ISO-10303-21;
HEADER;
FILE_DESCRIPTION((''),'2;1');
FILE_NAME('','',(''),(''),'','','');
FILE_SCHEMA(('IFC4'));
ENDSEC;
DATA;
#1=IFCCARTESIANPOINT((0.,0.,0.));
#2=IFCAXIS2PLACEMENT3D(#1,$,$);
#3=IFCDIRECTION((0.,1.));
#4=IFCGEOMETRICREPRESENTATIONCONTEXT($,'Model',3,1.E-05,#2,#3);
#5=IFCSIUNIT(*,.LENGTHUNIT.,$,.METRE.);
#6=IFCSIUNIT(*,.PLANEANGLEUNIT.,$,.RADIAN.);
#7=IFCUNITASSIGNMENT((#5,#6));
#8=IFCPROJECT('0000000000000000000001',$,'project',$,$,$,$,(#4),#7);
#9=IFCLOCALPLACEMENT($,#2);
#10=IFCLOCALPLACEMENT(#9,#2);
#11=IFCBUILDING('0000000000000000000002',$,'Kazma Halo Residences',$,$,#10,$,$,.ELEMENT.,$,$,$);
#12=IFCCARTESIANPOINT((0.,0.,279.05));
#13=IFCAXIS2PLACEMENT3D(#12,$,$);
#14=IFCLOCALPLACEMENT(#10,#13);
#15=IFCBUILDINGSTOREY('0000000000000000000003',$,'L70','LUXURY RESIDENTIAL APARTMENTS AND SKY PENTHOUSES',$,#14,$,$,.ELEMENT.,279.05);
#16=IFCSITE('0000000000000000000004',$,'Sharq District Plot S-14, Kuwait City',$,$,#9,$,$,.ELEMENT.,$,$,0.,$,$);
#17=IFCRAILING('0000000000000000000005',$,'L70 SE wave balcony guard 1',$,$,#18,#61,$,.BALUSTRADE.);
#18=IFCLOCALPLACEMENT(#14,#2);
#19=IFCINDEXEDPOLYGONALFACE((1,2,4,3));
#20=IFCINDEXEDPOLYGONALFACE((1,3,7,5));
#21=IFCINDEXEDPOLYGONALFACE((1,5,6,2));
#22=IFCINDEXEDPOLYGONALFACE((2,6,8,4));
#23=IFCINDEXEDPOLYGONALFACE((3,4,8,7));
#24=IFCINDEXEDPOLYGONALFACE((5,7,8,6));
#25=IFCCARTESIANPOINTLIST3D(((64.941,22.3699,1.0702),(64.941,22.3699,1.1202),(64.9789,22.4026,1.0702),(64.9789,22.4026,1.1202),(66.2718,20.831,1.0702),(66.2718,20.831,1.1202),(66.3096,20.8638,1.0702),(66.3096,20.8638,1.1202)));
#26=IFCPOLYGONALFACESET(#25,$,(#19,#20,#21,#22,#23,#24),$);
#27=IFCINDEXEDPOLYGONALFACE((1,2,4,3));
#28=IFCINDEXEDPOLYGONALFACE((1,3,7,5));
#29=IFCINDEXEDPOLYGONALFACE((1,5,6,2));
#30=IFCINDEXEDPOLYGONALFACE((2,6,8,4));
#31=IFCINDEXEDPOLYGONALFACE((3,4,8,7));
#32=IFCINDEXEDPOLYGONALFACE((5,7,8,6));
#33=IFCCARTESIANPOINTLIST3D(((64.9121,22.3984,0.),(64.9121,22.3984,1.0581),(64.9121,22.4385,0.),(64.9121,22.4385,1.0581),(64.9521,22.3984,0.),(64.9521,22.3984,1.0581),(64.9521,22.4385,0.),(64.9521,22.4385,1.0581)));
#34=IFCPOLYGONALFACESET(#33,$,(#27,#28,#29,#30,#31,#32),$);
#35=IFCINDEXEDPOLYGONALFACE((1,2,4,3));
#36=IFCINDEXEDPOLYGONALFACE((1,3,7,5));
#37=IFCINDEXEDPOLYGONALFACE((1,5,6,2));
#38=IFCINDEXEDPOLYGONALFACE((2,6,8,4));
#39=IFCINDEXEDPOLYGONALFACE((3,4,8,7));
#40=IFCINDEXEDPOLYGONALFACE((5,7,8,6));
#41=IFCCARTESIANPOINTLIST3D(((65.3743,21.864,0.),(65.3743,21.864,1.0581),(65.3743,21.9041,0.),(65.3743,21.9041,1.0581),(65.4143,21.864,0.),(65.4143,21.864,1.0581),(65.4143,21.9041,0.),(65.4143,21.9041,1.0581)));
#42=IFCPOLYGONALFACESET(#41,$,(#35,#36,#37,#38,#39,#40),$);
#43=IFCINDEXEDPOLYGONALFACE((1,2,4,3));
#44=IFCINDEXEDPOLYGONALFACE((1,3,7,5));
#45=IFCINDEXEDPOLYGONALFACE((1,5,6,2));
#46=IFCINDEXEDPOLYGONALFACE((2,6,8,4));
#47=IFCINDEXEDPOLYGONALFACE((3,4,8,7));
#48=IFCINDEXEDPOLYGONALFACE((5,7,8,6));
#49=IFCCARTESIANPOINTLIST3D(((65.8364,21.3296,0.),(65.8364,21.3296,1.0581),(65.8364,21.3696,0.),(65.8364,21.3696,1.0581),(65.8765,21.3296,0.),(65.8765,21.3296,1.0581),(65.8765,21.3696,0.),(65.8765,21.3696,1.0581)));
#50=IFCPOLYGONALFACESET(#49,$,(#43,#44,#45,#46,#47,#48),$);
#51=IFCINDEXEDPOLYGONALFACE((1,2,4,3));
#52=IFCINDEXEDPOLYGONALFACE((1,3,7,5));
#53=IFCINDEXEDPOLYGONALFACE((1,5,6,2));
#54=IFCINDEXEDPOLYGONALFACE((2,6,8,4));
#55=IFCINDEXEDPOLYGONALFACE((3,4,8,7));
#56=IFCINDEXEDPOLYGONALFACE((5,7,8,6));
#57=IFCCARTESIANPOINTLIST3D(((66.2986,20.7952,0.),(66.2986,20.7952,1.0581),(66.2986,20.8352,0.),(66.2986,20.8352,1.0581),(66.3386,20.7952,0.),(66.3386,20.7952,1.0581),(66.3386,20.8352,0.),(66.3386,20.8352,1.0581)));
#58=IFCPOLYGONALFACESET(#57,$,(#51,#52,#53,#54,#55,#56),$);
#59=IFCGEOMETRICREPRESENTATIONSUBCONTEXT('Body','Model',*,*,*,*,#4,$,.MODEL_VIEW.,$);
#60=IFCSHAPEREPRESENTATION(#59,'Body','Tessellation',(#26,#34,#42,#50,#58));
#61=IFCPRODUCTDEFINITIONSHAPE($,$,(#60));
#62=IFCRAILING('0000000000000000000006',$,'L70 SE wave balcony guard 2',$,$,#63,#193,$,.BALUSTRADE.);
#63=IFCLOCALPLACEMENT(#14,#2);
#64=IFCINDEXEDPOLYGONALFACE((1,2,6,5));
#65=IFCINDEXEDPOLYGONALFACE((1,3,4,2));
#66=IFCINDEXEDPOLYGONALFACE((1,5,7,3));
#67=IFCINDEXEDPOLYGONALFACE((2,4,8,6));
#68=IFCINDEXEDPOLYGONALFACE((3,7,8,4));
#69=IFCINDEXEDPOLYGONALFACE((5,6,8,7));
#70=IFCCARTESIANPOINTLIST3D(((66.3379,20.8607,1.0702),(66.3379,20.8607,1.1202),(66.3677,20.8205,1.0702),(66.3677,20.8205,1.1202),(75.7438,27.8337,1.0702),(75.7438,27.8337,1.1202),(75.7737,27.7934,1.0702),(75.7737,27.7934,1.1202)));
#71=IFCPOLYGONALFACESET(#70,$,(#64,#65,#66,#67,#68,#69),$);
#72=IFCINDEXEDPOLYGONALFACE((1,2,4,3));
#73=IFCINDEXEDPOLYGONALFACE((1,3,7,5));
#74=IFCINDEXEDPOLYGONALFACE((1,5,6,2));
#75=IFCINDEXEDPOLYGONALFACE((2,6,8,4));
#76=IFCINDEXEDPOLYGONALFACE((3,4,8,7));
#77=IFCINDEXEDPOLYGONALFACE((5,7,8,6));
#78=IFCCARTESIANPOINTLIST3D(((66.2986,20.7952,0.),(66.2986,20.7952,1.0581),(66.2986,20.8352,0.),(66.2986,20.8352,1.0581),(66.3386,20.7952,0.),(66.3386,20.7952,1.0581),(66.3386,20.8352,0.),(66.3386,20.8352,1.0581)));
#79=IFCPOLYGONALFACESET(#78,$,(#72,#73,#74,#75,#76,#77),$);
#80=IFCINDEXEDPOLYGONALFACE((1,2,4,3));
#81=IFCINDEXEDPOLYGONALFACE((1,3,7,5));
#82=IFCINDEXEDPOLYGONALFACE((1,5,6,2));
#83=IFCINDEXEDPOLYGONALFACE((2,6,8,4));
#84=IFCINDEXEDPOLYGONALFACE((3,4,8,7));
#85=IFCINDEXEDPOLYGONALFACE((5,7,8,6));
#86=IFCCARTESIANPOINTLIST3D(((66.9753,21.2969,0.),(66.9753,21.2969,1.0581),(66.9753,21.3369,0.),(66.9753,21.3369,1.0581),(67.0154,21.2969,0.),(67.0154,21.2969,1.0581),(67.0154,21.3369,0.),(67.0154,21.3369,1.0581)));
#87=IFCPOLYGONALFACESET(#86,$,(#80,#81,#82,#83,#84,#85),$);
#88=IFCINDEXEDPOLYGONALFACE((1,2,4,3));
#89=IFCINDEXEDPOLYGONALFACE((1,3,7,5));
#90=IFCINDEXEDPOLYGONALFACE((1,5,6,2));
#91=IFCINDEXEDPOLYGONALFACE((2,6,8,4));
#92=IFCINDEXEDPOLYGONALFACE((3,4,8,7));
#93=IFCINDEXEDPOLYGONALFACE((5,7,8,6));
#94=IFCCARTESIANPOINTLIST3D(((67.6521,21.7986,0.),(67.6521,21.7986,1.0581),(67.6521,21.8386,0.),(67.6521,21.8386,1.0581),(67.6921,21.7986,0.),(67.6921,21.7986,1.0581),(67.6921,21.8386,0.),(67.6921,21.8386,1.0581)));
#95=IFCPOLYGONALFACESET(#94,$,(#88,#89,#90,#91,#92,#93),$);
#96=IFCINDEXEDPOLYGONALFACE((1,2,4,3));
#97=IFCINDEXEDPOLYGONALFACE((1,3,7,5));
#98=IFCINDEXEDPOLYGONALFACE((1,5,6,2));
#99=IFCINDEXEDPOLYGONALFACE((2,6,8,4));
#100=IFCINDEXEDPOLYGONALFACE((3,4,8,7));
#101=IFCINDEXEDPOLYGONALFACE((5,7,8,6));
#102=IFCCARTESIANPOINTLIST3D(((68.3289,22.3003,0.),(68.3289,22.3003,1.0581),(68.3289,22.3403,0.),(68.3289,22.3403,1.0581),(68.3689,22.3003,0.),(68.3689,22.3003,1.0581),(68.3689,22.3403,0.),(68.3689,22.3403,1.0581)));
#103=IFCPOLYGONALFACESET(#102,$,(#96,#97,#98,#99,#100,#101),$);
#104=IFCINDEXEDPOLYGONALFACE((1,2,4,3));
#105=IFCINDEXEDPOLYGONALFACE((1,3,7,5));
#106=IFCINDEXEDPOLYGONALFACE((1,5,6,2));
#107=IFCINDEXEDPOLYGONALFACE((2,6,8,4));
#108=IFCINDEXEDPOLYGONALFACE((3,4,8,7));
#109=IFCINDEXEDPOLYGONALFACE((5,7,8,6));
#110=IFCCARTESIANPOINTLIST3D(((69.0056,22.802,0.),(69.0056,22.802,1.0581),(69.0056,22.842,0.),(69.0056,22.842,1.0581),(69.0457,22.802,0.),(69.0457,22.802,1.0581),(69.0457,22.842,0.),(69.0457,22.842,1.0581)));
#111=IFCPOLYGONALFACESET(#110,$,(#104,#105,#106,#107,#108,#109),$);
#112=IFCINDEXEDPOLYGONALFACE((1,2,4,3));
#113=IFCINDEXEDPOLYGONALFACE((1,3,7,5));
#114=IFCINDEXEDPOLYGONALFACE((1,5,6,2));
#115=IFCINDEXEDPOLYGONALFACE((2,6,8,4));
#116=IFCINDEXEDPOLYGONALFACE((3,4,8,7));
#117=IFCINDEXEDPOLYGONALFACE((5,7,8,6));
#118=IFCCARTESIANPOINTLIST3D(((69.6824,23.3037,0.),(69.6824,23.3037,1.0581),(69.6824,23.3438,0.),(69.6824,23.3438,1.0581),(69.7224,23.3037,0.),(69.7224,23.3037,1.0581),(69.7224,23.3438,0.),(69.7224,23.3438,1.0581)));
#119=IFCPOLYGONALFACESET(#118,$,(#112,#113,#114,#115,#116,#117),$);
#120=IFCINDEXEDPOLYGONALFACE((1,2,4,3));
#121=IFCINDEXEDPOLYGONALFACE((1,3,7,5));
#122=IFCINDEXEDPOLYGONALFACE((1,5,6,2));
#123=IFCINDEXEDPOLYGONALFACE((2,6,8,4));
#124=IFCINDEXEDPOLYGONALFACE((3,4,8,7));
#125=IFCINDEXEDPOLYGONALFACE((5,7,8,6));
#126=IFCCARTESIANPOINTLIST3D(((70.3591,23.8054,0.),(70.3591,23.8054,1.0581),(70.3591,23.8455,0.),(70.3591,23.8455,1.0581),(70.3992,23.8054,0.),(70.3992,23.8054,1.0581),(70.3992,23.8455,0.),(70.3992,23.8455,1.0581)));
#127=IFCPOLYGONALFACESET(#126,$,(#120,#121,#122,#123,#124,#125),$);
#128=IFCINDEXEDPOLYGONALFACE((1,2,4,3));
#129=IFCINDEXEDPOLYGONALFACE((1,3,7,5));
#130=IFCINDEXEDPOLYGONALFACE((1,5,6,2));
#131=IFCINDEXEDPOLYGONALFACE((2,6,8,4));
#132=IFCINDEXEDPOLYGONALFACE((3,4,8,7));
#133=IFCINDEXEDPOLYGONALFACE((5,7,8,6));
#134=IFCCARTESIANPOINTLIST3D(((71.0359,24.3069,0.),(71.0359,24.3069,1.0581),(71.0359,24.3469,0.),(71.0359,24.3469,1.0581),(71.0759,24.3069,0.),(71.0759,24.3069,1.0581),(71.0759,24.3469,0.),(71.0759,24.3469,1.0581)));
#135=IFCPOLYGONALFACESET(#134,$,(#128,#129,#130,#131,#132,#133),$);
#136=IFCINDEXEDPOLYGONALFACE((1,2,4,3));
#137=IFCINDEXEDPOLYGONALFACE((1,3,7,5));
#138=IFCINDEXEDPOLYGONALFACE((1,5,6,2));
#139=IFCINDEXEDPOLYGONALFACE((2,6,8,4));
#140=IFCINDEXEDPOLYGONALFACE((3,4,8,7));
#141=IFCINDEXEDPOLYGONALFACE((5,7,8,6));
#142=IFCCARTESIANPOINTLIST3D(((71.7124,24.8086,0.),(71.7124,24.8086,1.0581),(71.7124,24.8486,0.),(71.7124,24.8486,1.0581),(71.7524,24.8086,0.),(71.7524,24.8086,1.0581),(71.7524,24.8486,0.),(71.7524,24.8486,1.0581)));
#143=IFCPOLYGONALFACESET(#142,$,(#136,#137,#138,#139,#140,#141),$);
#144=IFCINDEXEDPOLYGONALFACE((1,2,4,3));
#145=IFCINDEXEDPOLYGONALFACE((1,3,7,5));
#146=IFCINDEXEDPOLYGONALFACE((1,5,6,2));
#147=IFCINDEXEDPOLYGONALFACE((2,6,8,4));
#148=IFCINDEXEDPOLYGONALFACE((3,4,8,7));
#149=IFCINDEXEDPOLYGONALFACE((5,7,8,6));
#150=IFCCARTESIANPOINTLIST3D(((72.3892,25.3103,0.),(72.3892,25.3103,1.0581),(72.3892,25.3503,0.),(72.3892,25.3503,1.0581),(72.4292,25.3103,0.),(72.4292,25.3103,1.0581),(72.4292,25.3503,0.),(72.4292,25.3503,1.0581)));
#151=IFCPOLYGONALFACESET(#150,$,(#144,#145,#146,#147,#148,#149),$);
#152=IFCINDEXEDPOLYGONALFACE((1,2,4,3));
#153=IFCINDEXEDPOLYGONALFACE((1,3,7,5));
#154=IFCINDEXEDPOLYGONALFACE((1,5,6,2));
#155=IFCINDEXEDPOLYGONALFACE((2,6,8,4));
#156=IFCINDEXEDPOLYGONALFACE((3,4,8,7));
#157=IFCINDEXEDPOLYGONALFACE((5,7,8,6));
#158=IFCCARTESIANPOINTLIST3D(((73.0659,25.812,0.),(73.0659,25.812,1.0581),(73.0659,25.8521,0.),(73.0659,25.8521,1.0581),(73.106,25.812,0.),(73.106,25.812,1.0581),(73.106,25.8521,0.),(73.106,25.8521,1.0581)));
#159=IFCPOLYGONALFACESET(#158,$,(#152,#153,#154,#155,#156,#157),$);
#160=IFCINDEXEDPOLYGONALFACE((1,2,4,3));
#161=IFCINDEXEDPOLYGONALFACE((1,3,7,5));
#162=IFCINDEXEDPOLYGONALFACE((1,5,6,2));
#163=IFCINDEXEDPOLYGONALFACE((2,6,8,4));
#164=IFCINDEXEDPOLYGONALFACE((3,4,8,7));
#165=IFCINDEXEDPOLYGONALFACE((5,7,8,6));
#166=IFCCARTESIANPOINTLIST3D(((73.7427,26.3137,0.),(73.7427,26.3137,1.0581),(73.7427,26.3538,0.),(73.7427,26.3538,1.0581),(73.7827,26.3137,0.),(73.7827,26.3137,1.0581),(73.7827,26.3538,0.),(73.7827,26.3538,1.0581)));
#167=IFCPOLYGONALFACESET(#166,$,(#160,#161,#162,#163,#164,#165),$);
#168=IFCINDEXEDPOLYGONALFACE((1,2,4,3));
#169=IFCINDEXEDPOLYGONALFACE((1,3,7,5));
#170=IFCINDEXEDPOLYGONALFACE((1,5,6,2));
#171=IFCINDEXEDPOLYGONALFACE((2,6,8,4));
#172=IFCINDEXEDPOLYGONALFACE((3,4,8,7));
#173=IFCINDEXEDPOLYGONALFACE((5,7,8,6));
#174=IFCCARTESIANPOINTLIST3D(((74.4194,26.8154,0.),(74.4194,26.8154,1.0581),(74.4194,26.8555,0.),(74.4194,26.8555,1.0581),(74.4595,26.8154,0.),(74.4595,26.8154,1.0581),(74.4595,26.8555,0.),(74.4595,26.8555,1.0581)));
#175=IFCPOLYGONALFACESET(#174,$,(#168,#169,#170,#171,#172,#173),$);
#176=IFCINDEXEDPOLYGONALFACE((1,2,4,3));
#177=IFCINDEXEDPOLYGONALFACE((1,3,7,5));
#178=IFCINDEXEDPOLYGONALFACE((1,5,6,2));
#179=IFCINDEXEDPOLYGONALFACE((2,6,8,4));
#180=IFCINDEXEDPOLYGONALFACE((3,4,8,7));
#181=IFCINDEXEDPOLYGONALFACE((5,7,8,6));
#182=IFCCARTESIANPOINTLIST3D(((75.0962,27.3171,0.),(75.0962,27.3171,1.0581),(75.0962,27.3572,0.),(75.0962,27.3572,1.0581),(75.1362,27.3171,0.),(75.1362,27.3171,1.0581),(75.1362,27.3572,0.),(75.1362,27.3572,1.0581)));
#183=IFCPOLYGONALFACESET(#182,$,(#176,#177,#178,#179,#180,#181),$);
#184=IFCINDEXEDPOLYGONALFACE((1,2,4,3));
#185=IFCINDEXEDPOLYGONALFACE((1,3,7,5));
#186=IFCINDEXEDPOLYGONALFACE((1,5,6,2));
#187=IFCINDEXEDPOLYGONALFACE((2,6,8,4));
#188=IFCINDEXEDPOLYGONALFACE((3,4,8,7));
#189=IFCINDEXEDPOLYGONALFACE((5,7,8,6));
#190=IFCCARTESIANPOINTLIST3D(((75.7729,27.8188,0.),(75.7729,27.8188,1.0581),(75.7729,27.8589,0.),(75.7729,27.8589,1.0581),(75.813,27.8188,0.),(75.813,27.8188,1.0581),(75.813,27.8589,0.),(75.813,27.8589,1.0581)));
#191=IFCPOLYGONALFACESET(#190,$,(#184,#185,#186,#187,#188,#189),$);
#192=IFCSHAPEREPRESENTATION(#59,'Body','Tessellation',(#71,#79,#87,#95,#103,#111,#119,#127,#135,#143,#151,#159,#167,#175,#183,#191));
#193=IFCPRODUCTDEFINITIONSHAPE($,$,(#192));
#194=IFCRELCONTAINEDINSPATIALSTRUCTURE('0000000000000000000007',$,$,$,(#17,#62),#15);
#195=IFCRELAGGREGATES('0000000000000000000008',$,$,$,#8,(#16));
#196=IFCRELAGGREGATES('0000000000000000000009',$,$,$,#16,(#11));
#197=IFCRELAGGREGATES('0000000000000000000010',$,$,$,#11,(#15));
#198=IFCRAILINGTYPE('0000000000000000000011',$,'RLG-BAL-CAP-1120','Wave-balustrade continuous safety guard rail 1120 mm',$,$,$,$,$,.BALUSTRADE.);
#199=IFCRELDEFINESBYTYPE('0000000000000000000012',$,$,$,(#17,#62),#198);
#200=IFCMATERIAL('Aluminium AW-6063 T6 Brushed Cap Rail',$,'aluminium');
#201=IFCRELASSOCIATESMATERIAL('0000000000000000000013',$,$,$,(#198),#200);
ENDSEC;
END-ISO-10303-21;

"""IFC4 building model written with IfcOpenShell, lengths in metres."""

from ifc_helpers import new_model, si_unit, direction, frame, origin, origin_2d, place, context, subcontext, project, spatial, rectangle, extrude, material, type_object, element, save


model = new_model("IFC4")

# Units and contexts
model_context = context("Model", 3, precision=1e-05, world=origin(), true_north=direction((0.0, 1.0)))
body_context = subcontext(model_context, "Body", "Model", "MODEL_VIEW")
ifc_project = project(units=[si_unit("LENGTHUNIT", "METRE"), si_unit("PLANEANGLEUNIT", "RADIAN")], contexts=[model_context])

# Site, building, storey
site_placement = place(None, origin())
site = spatial("IfcSite", under=ifc_project, at=site_placement, Name="Sharq District Plot S-14, Kuwait City", CompositionType="ELEMENT", RefElevation=0.0)
building_placement = place(site_placement, origin())
building = spatial("IfcBuilding", under=site, at=building_placement, Name="Kazma Halo Residences", CompositionType="ELEMENT")
storey_placement = place(building_placement, frame((0.0, 0.0, 279.05)))
storey = spatial("IfcBuildingStorey", under=building, at=storey_placement, Name="L70", Description="LUXURY RESIDENTIAL APARTMENTS AND SKY PENTHOUSES", CompositionType="ELEMENT", Elevation=279.05)

# Railings
ifc_material_1 = material(Name="Aluminium AW-6063 T6 Brushed Cap Rail", Category="aluminium")
railing_type = type_object("IfcRailingType", Name="RLG-BAL-CAP-1120", Description="Wave-balustrade continuous safety guard rail 1120 mm", PredefinedType="BALUSTRADE", material=ifc_material_1)
railing_1_placement = place(storey_placement, frame((64.9321, 22.4185, 0.0)))
element("IfcRailing", 1, at=railing_1_placement, inside=storey, type_object=railing_type, Name="L70 SE wave balcony guard 1", PredefinedType="BALUSTRADE", context=body_context, shape_type="SweptSolid", body=[
    extrude(rectangle(XDim=0.05, YDim=0.05, at=origin_2d()), frame((0.0278, -0.0322, 1.0952), z_axis=(0.654115, -0.756396, 0.0), x_axis=(0.756396, 0.654115, 0.0)), (0.0, 0.0, 1.0), 2.0344),
    extrude(rectangle(XDim=0.04, YDim=0.04, at=origin_2d()), origin(), (0.0, 0.0, 1.0), 1.0581),
    extrude(rectangle(XDim=0.04, YDim=0.04, at=origin_2d()), frame((0.4622, -0.5344, 0.0)), (0.0, 0.0, 1.0), 1.0581),
    extrude(rectangle(XDim=0.04, YDim=0.04, at=origin_2d()), frame((0.9243, -1.0688, 0.0)), (0.0, 0.0, 1.0), 1.0581),
    extrude(rectangle(XDim=0.04, YDim=0.04, at=origin_2d()), frame((1.3865, -1.6033, 0.0)), (0.0, 0.0, 1.0), 1.0581),
])
railing_2_placement = place(storey_placement, frame((66.3186, 20.8152, 0.0)))
element("IfcRailing", 2, at=railing_2_placement, inside=storey, type_object=railing_type, Name="L70 SE wave balcony guard 2", PredefinedType="BALUSTRADE", context=body_context, shape_type="SweptSolid", body=[
    extrude(rectangle(XDim=0.05, YDim=0.05, at=origin_2d()), frame((0.0342, 0.0254, 1.0952), z_axis=(0.803329, 0.595536, 0.0), x_axis=(-0.595536, 0.803329, 0.0)), (0.0, 0.0, 1.0), 11.7087),
    extrude(rectangle(XDim=0.04, YDim=0.04, at=origin_2d()), origin(), (0.0, 0.0, 1.0), 1.0581),
    extrude(rectangle(XDim=0.04, YDim=0.04, at=origin_2d()), frame((0.6768, 0.5017, 0.0)), (0.0, 0.0, 1.0), 1.0581),
    extrude(rectangle(XDim=0.04, YDim=0.04, at=origin_2d()), frame((1.3535, 1.0034, 0.0)), (0.0, 0.0, 1.0), 1.0581),
    extrude(rectangle(XDim=0.04, YDim=0.04, at=origin_2d()), frame((2.0303, 1.5051, 0.0)), (0.0, 0.0, 1.0), 1.0581),
    extrude(rectangle(XDim=0.04, YDim=0.04, at=origin_2d()), frame((2.707, 2.0068, 0.0)), (0.0, 0.0, 1.0), 1.0581),
    extrude(rectangle(XDim=0.04, YDim=0.04, at=origin_2d()), frame((3.3838, 2.5085, 0.0)), (0.0, 0.0, 1.0), 1.0581),
    extrude(rectangle(XDim=0.04, YDim=0.04, at=origin_2d()), frame((4.0605, 3.0103, 0.0)), (0.0, 0.0, 1.0), 1.0581),
    extrude(rectangle(XDim=0.04, YDim=0.04, at=origin_2d()), frame((4.7373, 3.5117, 0.0)), (0.0, 0.0, 1.0), 1.0581),
    extrude(rectangle(XDim=0.04, YDim=0.04, at=origin_2d()), frame((5.4138, 4.0134, 0.0)), (0.0, 0.0, 1.0), 1.0581),
    extrude(rectangle(XDim=0.04, YDim=0.04, at=origin_2d()), frame((6.0906, 4.5151, 0.0)), (0.0, 0.0, 1.0), 1.0581),
    extrude(rectangle(XDim=0.04, YDim=0.04, at=origin_2d()), frame((6.7673, 5.0168, 0.0)), (0.0, 0.0, 1.0), 1.0581),
    extrude(rectangle(XDim=0.04, YDim=0.04, at=origin_2d()), frame((7.4441, 5.5186, 0.0)), (0.0, 0.0, 1.0), 1.0581),
    extrude(rectangle(XDim=0.04, YDim=0.04, at=origin_2d()), frame((8.1208, 6.0203, 0.0)), (0.0, 0.0, 1.0), 1.0581),
    extrude(rectangle(XDim=0.04, YDim=0.04, at=origin_2d()), frame((8.7976, 6.522, 0.0)), (0.0, 0.0, 1.0), 1.0581),
    extrude(rectangle(XDim=0.04, YDim=0.04, at=origin_2d()), frame((9.4744, 7.0237, 0.0)), (0.0, 0.0, 1.0), 1.0581),
])

save(model, "model.ifc")
